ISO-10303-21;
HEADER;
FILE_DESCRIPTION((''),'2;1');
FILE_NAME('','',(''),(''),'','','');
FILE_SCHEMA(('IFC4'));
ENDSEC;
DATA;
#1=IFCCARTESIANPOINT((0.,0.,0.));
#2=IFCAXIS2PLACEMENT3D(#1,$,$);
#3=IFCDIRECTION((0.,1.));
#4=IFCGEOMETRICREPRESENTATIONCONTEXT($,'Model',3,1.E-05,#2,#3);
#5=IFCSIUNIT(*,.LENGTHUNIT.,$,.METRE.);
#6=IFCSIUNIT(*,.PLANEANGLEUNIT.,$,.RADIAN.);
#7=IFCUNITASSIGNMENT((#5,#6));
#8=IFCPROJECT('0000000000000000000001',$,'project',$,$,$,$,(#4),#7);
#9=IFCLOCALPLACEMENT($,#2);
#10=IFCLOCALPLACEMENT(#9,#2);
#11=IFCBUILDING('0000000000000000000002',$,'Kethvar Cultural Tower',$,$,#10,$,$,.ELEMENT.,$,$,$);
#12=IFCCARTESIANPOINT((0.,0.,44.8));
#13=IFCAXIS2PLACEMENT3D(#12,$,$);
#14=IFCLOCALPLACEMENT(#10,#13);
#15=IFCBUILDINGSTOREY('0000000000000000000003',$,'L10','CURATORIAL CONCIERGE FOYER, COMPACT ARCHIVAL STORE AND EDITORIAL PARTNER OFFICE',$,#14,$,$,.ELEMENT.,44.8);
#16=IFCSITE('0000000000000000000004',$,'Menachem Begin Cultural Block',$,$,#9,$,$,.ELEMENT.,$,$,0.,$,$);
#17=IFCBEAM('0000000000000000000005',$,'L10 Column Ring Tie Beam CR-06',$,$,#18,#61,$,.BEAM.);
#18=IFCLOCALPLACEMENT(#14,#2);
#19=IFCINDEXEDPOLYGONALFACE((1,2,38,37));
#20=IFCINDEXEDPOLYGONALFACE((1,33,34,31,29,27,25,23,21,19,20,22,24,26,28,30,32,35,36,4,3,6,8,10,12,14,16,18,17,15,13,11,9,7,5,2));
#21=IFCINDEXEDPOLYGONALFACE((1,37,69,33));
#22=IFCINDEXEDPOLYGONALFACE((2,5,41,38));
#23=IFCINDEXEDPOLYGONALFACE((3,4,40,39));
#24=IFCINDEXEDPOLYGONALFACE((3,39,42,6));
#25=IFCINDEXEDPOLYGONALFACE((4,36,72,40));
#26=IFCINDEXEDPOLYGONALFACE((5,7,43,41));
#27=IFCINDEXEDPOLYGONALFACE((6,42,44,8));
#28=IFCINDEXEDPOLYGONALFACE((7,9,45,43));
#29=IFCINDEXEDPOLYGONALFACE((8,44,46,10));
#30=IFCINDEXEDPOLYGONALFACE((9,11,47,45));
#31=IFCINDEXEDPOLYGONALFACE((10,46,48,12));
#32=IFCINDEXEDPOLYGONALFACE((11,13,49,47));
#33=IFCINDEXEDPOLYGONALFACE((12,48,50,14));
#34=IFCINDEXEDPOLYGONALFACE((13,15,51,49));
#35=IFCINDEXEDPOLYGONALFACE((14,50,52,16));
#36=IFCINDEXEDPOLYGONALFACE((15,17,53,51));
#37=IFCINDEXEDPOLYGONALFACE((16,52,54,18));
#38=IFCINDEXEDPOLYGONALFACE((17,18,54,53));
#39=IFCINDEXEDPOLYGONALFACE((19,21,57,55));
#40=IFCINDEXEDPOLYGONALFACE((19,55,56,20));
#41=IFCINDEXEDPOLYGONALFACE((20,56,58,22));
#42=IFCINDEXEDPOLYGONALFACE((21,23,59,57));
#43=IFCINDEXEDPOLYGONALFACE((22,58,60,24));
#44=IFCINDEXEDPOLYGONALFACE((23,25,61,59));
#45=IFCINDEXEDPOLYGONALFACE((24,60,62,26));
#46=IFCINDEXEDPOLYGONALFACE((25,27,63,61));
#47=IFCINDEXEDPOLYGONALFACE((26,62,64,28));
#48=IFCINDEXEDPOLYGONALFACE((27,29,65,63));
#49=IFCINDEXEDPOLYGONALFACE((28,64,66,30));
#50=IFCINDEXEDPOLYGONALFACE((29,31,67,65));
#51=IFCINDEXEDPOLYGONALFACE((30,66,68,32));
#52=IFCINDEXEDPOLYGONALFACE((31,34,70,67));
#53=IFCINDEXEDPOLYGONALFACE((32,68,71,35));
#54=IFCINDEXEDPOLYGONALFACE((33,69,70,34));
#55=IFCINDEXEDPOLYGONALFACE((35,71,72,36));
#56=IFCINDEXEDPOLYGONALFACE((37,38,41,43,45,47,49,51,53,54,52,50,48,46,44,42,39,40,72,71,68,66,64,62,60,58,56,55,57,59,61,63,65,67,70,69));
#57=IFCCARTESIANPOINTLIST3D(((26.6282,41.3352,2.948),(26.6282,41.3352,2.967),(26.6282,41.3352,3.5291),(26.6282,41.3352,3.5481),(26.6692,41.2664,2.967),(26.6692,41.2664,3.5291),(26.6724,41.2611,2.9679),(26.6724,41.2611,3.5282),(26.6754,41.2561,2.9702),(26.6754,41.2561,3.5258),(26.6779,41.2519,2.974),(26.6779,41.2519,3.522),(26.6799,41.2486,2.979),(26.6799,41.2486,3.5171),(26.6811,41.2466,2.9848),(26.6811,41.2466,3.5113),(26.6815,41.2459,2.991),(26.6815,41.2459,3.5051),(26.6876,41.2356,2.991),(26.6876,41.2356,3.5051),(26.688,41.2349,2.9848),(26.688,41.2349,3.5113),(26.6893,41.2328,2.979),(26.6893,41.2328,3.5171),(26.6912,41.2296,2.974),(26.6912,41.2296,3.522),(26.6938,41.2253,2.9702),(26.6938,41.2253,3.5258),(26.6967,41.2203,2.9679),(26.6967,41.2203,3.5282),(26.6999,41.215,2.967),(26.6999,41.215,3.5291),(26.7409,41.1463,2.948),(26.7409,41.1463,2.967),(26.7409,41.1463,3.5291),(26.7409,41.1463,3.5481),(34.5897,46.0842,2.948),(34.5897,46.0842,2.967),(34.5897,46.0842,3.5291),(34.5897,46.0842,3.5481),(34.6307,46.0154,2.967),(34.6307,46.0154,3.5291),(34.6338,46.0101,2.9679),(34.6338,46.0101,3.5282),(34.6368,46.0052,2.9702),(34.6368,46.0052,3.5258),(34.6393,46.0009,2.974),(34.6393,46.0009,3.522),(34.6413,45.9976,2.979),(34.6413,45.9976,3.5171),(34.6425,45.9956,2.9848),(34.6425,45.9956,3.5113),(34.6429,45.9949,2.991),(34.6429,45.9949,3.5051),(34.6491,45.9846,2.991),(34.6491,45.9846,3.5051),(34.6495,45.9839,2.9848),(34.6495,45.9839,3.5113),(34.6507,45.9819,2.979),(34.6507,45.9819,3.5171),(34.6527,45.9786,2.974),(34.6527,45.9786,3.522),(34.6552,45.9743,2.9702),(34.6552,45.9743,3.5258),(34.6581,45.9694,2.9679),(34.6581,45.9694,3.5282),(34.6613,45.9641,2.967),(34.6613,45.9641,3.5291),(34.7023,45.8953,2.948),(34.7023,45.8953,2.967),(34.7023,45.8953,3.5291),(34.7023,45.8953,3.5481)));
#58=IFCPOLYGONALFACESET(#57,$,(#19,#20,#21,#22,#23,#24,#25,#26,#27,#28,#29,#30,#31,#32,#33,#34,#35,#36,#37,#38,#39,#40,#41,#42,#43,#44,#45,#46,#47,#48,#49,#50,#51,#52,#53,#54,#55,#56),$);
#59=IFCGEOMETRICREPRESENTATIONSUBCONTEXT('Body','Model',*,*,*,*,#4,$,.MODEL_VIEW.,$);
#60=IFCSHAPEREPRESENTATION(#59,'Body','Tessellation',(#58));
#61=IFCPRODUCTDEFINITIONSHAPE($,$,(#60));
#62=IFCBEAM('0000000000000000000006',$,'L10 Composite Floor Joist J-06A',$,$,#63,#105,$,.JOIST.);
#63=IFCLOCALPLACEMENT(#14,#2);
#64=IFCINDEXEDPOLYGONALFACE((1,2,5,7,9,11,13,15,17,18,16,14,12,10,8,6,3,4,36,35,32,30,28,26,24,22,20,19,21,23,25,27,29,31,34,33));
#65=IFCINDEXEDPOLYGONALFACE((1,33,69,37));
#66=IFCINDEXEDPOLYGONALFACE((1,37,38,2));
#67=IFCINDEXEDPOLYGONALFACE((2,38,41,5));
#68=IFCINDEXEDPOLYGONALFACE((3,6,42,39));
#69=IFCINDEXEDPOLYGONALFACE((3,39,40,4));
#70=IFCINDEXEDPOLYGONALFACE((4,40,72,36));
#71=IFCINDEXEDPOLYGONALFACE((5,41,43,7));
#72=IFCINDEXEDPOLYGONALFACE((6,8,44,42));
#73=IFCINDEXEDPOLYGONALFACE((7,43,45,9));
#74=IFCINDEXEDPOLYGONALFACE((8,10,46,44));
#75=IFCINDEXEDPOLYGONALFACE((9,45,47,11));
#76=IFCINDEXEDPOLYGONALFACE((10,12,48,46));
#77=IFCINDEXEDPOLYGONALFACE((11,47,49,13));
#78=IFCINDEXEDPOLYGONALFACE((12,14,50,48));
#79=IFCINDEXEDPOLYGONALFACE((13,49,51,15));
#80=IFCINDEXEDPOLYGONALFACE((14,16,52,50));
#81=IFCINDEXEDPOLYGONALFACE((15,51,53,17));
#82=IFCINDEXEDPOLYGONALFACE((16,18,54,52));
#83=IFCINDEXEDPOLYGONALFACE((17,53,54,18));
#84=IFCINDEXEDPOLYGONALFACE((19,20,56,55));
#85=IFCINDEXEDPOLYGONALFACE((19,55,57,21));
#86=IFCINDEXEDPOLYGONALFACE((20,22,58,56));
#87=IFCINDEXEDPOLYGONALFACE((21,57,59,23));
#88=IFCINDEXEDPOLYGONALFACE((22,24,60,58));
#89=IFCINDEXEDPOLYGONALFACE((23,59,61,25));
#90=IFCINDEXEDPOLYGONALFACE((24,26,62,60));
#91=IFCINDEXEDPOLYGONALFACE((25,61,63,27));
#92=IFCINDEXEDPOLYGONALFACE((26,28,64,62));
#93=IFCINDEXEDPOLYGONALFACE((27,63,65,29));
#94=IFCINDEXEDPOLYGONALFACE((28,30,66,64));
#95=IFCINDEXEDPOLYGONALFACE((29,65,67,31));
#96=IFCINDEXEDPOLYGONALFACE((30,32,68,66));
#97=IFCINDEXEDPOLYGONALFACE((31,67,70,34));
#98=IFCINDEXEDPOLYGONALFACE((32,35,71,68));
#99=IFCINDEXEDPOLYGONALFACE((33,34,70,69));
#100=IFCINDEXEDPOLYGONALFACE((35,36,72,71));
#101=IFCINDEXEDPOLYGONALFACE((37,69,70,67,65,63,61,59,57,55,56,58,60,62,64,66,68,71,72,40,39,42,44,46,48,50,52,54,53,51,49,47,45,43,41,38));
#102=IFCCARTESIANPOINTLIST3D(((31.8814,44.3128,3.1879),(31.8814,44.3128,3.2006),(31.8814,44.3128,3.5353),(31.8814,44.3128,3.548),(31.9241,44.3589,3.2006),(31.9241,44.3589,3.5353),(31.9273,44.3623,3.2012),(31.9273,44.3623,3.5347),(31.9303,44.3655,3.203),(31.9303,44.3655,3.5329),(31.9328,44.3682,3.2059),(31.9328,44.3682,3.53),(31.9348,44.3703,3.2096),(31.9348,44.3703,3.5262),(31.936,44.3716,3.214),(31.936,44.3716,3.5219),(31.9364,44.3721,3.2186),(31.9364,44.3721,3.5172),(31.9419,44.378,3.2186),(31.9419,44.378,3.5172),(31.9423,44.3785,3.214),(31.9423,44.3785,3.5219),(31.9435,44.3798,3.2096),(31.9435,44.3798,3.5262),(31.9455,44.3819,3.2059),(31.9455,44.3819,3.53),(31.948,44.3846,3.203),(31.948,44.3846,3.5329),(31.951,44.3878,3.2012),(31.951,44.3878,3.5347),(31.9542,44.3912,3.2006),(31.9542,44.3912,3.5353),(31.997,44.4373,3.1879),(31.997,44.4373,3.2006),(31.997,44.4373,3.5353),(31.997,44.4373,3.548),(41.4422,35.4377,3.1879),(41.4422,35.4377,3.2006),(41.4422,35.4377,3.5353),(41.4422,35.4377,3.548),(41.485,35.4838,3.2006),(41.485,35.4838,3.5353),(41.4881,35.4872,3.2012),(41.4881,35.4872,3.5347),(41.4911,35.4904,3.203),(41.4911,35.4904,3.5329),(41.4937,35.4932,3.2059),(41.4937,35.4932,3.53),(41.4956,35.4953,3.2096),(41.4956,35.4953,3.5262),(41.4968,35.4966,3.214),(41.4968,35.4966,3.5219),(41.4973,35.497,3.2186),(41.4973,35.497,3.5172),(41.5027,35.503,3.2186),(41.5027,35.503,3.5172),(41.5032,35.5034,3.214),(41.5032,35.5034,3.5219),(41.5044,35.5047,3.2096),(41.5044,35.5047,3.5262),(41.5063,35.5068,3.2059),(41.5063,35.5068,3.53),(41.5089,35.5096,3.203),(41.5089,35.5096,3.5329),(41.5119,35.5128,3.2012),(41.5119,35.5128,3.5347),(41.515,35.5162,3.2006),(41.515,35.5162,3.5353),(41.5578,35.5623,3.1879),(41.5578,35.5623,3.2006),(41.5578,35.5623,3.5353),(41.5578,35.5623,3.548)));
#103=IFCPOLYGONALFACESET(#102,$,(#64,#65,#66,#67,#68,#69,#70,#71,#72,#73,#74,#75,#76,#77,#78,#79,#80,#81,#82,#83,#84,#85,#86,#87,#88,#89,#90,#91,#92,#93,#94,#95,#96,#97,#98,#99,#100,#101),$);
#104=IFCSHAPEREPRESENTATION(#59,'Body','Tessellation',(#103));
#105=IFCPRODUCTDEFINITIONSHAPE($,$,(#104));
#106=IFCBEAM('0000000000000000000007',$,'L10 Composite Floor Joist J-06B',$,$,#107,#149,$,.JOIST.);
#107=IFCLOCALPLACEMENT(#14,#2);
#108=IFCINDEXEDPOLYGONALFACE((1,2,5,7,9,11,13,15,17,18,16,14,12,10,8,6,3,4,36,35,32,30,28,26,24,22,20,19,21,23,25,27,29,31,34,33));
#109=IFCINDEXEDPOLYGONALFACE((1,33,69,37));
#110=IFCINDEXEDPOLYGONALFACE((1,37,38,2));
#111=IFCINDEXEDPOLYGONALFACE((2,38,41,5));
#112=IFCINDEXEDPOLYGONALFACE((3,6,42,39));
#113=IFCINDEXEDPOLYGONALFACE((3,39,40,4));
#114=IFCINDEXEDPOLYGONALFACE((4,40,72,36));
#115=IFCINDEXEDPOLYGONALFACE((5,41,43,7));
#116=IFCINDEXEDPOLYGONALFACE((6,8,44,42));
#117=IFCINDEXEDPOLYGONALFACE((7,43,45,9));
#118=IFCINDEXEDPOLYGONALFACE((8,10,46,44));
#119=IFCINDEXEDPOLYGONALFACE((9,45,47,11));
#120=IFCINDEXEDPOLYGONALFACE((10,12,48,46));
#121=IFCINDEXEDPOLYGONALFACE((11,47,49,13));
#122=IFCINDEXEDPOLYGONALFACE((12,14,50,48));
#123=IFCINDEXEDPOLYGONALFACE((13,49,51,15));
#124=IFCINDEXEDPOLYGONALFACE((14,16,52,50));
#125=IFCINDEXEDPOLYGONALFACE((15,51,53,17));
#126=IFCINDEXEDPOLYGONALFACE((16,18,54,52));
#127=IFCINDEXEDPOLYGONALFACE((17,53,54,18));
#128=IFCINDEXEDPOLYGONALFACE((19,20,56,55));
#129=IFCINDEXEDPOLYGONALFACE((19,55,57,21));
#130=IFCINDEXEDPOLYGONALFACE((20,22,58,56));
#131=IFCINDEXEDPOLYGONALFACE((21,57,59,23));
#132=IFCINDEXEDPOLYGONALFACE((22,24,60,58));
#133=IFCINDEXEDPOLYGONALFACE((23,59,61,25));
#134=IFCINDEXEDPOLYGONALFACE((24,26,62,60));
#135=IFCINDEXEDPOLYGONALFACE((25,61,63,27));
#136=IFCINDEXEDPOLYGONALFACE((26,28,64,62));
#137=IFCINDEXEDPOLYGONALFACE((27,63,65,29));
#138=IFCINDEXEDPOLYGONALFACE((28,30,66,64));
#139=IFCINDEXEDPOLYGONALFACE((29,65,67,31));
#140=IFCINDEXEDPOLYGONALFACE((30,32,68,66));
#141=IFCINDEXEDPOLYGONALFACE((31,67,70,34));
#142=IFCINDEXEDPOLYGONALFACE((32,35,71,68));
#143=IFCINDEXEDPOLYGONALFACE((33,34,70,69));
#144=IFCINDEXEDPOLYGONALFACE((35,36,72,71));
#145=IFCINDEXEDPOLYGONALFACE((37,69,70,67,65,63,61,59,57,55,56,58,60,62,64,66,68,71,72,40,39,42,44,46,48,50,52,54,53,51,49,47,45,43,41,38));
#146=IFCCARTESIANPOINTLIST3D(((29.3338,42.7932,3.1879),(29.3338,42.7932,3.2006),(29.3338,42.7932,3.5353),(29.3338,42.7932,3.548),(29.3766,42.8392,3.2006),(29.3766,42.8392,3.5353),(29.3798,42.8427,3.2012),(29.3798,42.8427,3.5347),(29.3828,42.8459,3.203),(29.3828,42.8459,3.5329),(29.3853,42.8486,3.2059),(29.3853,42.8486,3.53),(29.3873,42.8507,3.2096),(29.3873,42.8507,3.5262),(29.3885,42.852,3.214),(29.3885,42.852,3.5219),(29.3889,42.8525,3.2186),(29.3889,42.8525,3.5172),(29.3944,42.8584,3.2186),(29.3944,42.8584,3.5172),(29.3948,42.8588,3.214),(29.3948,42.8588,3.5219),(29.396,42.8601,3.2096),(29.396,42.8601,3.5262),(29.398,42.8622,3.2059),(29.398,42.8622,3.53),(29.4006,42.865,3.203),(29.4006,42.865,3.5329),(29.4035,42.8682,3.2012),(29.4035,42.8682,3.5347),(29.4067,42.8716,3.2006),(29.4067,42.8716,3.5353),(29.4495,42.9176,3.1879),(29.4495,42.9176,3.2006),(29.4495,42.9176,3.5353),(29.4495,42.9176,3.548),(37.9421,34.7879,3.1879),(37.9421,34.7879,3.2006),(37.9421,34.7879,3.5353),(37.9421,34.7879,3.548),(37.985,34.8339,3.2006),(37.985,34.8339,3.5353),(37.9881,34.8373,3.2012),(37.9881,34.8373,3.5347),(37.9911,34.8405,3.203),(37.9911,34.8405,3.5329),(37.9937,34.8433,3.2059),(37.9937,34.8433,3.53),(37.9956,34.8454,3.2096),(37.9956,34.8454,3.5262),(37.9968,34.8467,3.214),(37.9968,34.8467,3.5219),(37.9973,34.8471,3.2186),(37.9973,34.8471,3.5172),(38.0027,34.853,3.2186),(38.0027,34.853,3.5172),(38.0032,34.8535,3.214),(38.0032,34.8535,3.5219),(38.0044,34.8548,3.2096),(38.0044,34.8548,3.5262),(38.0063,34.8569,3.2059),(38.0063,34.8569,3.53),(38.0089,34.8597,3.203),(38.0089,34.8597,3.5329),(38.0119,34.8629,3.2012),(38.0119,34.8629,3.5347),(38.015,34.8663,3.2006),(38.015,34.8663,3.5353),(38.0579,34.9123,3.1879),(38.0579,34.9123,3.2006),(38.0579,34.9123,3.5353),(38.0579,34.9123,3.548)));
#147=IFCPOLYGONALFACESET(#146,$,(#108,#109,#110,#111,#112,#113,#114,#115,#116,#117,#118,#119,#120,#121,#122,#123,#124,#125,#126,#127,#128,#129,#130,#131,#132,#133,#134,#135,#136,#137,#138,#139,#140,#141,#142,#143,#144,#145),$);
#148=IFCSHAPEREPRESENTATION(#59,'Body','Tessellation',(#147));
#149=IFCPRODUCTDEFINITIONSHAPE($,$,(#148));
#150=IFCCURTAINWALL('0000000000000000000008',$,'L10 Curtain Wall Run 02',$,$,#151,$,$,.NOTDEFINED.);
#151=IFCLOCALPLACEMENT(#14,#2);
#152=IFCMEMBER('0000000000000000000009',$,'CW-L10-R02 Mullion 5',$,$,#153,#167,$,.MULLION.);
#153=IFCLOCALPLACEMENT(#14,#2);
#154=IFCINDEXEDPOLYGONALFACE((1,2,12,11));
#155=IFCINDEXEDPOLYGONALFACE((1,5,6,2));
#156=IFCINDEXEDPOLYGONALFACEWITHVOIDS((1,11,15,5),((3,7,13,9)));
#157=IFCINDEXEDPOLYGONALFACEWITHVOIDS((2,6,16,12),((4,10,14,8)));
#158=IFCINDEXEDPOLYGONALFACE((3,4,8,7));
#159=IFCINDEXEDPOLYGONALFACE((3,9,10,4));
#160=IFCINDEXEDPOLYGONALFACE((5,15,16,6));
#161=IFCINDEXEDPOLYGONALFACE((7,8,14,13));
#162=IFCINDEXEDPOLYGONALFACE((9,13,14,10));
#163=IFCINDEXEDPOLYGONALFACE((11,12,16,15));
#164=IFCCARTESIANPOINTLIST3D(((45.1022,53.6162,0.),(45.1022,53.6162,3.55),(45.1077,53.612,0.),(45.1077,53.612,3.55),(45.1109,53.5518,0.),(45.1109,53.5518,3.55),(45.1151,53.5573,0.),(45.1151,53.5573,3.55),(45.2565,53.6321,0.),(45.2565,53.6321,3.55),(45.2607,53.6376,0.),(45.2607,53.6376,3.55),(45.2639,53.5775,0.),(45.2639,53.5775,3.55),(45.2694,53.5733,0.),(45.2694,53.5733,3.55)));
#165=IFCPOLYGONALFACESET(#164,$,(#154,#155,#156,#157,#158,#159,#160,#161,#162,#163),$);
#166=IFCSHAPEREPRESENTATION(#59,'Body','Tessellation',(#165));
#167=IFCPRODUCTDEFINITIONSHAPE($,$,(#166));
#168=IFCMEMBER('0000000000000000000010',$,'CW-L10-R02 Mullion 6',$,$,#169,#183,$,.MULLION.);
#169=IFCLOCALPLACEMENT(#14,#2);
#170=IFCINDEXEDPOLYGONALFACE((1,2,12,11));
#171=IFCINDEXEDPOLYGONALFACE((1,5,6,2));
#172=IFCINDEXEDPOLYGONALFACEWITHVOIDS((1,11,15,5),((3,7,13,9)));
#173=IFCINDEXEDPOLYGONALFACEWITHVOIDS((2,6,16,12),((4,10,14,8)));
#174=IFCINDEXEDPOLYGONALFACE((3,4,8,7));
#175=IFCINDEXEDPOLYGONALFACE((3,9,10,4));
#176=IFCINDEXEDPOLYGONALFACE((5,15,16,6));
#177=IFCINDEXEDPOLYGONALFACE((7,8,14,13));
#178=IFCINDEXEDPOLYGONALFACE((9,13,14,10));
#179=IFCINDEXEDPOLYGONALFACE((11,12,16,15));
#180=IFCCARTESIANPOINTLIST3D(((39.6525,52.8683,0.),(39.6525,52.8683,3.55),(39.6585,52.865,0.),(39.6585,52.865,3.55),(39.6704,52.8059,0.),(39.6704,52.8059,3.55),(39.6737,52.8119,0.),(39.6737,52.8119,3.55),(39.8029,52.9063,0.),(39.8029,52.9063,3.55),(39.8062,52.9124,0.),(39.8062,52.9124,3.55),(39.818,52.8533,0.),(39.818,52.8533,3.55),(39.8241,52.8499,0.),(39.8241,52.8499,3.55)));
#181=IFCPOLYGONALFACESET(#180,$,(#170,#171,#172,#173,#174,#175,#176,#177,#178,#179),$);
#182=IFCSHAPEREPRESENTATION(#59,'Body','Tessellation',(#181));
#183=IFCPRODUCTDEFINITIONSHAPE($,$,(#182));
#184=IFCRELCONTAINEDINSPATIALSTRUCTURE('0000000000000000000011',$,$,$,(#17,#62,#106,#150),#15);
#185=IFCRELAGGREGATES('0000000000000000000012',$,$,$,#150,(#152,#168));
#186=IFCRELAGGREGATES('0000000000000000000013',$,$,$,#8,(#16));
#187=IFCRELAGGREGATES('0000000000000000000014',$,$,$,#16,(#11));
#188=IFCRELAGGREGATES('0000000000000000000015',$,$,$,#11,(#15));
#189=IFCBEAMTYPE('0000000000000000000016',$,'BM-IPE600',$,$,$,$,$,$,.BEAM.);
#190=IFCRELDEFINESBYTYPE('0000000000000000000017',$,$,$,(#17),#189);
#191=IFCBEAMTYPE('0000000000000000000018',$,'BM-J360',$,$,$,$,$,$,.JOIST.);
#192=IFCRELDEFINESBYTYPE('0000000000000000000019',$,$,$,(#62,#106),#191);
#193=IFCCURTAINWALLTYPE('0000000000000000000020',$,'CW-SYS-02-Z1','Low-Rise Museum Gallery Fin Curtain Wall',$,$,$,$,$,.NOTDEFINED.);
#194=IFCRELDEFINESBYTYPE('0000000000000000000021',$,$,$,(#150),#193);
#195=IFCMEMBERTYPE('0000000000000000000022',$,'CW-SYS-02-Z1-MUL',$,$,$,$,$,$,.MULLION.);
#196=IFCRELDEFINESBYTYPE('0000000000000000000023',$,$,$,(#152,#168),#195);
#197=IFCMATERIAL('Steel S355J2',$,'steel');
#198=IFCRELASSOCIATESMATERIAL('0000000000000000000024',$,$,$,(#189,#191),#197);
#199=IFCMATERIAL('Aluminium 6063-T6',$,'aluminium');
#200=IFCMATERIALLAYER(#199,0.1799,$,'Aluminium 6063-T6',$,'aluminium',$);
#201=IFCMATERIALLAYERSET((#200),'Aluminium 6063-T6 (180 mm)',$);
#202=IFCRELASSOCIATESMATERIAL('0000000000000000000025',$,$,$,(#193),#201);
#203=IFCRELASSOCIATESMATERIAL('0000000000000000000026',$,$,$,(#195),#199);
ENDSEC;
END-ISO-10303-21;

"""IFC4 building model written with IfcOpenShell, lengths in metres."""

from ifc_helpers import new_model, si_unit, direction, frame, origin, origin_2d, place, context, subcontext, project, spatial, hollow_rectangle, i_section, extrude, source, transform, mapped, material, layer, layer_set, material_profile, profile_set, type_object, element, aggregate, save


model = new_model("IFC4")

# Units and contexts
model_context = context("Model", 3, precision=1e-05, world=origin(), true_north=direction((0.0, 1.0)))
body_context = subcontext(model_context, "Body", "Model", "MODEL_VIEW")
ifc_project = project(units=[si_unit("LENGTHUNIT", "METRE"), si_unit("PLANEANGLEUNIT", "RADIAN")], contexts=[model_context])

# Site, building, storey
site_placement = place(None, origin())
site = spatial("IfcSite", under=ifc_project, at=site_placement, Name="Menachem Begin Cultural Block", CompositionType="ELEMENT", RefElevation=0.0)
building_placement = place(site_placement, origin())
building = spatial("IfcBuilding", under=site, at=building_placement, Name="Kethvar Cultural Tower", CompositionType="ELEMENT")
storey_placement = place(building_placement, frame((0.0, 0.0, 44.8)))
storey = spatial("IfcBuildingStorey", under=building, at=storey_placement, Name="L10", Description="CURATORIAL CONCIERGE FOYER, COMPACT ARCHIVAL STORE AND EDITORIAL PARTNER OFFICE", CompositionType="ELEMENT", Elevation=44.8)

# Beams
ifc_material_1 = material(Name="Steel S355J2", Category="steel")
ifc_material_profile_1 = material_profile(ifc_material_1, i_section(OverallWidth=0.22, OverallDepth=0.6001, WebThickness=0.012, FlangeThickness=0.019, FilletRadius=0.0239, at=origin_2d()), Name="Steel S355J2 — IPE600")
ifc_profile_set_1 = profile_set([ifc_material_profile_1], Name="Steel S355J2 — IPE600")
beam_type_1 = type_object("IfcBeamType", Name="BM-IPE600", PredefinedType="BEAM", material=ifc_profile_set_1)
ifc_material_profile_2 = material_profile(ifc_material_1, i_section(OverallWidth=0.1699, OverallDepth=0.3601, WebThickness=0.0081, FlangeThickness=0.0127, FilletRadius=0.0181, at=origin_2d()), Name="Steel S355J2 — IPE360")
ifc_profile_set_2 = profile_set([ifc_material_profile_2], Name="Steel S355J2 — IPE360")
beam_type_2 = type_object("IfcBeamType", Name="BM-J360", PredefinedType="JOIST", material=ifc_profile_set_2)
shared_shape_1 = source(origin(), body_context, "Body", "SweptSolid", [
    extrude(i_section(OverallWidth=0.22, OverallDepth=0.6001, WebThickness=0.012, FlangeThickness=0.019, FilletRadius=0.0239, at=origin_2d()), origin(), (0.0, 0.0, 1.0), 9.2703),
])
beam_1_placement = place(storey_placement, frame((34.646, 45.9897, 3.248), z_axis=(-0.858815, -0.512286, 0.0), x_axis=(0.512286, -0.858815, 0.0)))
element("IfcBeam", 1, at=beam_1_placement, inside=storey, type_object=beam_type_1, Name="L10 Column Ring Tie Beam CR-06", PredefinedType="BEAM", context=body_context, shape_type="MappedRepresentation", body=[
    mapped(shared_shape_1, transform((0.0, 0.0, 0.0), scale=1.0)),
])
shared_shape_2 = source(origin(), body_context, "Body", "SweptSolid", [
    extrude(i_section(OverallWidth=0.1699, OverallDepth=0.3601, WebThickness=0.0081, FlangeThickness=0.0127, FilletRadius=0.0181, at=origin_2d()), origin(), (0.0, 0.0, 1.0), 13.0452),
])
beam_2_placement = place(storey_placement, frame((41.5, 35.5, 3.3679), z_axis=(-0.732903, 0.680333, 0.0), x_axis=(-0.680333, -0.732903, 0.0)))
element("IfcBeam", 2, at=beam_2_placement, inside=storey, type_object=beam_type_2, Name="L10 Composite Floor Joist J-06A", PredefinedType="JOIST", context=body_context, shape_type="MappedRepresentation", body=[
    mapped(shared_shape_2, transform((0.0, 0.0, 0.0), scale=1.0)),
])
shared_shape_3 = source(origin(), body_context, "Body", "SweptSolid", [
    extrude(i_section(OverallWidth=0.1699, OverallDepth=0.3601, WebThickness=0.0081, FlangeThickness=0.0127, FilletRadius=0.0181, at=origin_2d()), origin(), (0.0, 0.0, 1.0), 11.7554),
])
beam_3_placement = place(storey_placement, frame((38.0, 34.8501, 3.3679), z_axis=(-0.73229, 0.680993, 0.0), x_axis=(-0.680993, -0.73229, 0.0)))
element("IfcBeam", 3, at=beam_3_placement, inside=storey, type_object=beam_type_2, Name="L10 Composite Floor Joist J-06B", PredefinedType="JOIST", context=body_context, shape_type="MappedRepresentation", body=[
    mapped(shared_shape_3, transform((0.0, 0.0, 0.0), scale=1.0)),
])

# Curtain wall, members
ifc_material_2 = material(Name="Aluminium 6063-T6", Category="aluminium")
ifc_layer_1 = layer(ifc_material_2, 0.1799, Name="Aluminium 6063-T6", Category="aluminium")
ifc_layer_set_1 = layer_set([ifc_layer_1], Name="Aluminium 6063-T6 (180 mm)")
curtain_wall_type = type_object("IfcCurtainWallType", Name="CW-SYS-02-Z1", Description="Low-Rise Museum Gallery Fin Curtain Wall", PredefinedType="NOTDEFINED", material=ifc_layer_set_1)
curtain_wall_placement = place(storey_placement, origin())
curtain_wall = element("IfcCurtainWall", 4, at=curtain_wall_placement, inside=storey, type_object=curtain_wall_type, Name="L10 Curtain Wall Run 02", PredefinedType="NOTDEFINED")
ifc_material_profile_3 = material_profile(ifc_material_2, hollow_rectangle(XDim=0.0649, YDim=0.1599, WallThickness=0.0049, at=origin_2d()), Name="Aluminium 6063-T6 — RHS160x65x5")
ifc_profile_set_3 = profile_set([ifc_material_profile_3], Name="Aluminium 6063-T6 — RHS160x65x5")
member_type_1 = type_object("IfcMemberType", Name="CW-SYS-02-Z1-MUL", PredefinedType="MULLION", material=ifc_profile_set_3)
shared_shape_4 = source(origin(), body_context, "Body", "SweptSolid", [
    extrude(hollow_rectangle(XDim=0.0649, YDim=0.1599, WallThickness=0.0049, at=origin_2d()), origin(), (0.0, 0.0, 1.0), 3.55),
])
member_1_placement = place(storey_placement, frame((45.1858, 53.5947, 0.0), z_axis=(0.0, 0.0, 1.0), x_axis=(0.134038, -0.990976, 0.0)))
member_1 = element("IfcMember", 5, at=member_1_placement, type_object=member_type_1, Name="CW-L10-R02 Mullion 5", PredefinedType="MULLION", context=body_context, shape_type="MappedRepresentation", body=[
    mapped(shared_shape_4, transform((0.0, 0.0, 0.0), scale=1.0)),
])
member_2_placement = place(storey_placement, frame((39.7383, 52.8591, 0.0), z_axis=(0.0, 0.0, 1.0), x_axis=(0.275436, -0.961319, 0.0)))
member_2 = element("IfcMember", 6, at=member_2_placement, type_object=member_type_1, Name="CW-L10-R02 Mullion 6", PredefinedType="MULLION", context=body_context, shape_type="MappedRepresentation", body=[
    mapped(shared_shape_4, transform((0.0, 0.0, 0.0), scale=1.0)),
])
aggregate(curtain_wall, [member_1, member_2])

save(model, "model.ifc")
